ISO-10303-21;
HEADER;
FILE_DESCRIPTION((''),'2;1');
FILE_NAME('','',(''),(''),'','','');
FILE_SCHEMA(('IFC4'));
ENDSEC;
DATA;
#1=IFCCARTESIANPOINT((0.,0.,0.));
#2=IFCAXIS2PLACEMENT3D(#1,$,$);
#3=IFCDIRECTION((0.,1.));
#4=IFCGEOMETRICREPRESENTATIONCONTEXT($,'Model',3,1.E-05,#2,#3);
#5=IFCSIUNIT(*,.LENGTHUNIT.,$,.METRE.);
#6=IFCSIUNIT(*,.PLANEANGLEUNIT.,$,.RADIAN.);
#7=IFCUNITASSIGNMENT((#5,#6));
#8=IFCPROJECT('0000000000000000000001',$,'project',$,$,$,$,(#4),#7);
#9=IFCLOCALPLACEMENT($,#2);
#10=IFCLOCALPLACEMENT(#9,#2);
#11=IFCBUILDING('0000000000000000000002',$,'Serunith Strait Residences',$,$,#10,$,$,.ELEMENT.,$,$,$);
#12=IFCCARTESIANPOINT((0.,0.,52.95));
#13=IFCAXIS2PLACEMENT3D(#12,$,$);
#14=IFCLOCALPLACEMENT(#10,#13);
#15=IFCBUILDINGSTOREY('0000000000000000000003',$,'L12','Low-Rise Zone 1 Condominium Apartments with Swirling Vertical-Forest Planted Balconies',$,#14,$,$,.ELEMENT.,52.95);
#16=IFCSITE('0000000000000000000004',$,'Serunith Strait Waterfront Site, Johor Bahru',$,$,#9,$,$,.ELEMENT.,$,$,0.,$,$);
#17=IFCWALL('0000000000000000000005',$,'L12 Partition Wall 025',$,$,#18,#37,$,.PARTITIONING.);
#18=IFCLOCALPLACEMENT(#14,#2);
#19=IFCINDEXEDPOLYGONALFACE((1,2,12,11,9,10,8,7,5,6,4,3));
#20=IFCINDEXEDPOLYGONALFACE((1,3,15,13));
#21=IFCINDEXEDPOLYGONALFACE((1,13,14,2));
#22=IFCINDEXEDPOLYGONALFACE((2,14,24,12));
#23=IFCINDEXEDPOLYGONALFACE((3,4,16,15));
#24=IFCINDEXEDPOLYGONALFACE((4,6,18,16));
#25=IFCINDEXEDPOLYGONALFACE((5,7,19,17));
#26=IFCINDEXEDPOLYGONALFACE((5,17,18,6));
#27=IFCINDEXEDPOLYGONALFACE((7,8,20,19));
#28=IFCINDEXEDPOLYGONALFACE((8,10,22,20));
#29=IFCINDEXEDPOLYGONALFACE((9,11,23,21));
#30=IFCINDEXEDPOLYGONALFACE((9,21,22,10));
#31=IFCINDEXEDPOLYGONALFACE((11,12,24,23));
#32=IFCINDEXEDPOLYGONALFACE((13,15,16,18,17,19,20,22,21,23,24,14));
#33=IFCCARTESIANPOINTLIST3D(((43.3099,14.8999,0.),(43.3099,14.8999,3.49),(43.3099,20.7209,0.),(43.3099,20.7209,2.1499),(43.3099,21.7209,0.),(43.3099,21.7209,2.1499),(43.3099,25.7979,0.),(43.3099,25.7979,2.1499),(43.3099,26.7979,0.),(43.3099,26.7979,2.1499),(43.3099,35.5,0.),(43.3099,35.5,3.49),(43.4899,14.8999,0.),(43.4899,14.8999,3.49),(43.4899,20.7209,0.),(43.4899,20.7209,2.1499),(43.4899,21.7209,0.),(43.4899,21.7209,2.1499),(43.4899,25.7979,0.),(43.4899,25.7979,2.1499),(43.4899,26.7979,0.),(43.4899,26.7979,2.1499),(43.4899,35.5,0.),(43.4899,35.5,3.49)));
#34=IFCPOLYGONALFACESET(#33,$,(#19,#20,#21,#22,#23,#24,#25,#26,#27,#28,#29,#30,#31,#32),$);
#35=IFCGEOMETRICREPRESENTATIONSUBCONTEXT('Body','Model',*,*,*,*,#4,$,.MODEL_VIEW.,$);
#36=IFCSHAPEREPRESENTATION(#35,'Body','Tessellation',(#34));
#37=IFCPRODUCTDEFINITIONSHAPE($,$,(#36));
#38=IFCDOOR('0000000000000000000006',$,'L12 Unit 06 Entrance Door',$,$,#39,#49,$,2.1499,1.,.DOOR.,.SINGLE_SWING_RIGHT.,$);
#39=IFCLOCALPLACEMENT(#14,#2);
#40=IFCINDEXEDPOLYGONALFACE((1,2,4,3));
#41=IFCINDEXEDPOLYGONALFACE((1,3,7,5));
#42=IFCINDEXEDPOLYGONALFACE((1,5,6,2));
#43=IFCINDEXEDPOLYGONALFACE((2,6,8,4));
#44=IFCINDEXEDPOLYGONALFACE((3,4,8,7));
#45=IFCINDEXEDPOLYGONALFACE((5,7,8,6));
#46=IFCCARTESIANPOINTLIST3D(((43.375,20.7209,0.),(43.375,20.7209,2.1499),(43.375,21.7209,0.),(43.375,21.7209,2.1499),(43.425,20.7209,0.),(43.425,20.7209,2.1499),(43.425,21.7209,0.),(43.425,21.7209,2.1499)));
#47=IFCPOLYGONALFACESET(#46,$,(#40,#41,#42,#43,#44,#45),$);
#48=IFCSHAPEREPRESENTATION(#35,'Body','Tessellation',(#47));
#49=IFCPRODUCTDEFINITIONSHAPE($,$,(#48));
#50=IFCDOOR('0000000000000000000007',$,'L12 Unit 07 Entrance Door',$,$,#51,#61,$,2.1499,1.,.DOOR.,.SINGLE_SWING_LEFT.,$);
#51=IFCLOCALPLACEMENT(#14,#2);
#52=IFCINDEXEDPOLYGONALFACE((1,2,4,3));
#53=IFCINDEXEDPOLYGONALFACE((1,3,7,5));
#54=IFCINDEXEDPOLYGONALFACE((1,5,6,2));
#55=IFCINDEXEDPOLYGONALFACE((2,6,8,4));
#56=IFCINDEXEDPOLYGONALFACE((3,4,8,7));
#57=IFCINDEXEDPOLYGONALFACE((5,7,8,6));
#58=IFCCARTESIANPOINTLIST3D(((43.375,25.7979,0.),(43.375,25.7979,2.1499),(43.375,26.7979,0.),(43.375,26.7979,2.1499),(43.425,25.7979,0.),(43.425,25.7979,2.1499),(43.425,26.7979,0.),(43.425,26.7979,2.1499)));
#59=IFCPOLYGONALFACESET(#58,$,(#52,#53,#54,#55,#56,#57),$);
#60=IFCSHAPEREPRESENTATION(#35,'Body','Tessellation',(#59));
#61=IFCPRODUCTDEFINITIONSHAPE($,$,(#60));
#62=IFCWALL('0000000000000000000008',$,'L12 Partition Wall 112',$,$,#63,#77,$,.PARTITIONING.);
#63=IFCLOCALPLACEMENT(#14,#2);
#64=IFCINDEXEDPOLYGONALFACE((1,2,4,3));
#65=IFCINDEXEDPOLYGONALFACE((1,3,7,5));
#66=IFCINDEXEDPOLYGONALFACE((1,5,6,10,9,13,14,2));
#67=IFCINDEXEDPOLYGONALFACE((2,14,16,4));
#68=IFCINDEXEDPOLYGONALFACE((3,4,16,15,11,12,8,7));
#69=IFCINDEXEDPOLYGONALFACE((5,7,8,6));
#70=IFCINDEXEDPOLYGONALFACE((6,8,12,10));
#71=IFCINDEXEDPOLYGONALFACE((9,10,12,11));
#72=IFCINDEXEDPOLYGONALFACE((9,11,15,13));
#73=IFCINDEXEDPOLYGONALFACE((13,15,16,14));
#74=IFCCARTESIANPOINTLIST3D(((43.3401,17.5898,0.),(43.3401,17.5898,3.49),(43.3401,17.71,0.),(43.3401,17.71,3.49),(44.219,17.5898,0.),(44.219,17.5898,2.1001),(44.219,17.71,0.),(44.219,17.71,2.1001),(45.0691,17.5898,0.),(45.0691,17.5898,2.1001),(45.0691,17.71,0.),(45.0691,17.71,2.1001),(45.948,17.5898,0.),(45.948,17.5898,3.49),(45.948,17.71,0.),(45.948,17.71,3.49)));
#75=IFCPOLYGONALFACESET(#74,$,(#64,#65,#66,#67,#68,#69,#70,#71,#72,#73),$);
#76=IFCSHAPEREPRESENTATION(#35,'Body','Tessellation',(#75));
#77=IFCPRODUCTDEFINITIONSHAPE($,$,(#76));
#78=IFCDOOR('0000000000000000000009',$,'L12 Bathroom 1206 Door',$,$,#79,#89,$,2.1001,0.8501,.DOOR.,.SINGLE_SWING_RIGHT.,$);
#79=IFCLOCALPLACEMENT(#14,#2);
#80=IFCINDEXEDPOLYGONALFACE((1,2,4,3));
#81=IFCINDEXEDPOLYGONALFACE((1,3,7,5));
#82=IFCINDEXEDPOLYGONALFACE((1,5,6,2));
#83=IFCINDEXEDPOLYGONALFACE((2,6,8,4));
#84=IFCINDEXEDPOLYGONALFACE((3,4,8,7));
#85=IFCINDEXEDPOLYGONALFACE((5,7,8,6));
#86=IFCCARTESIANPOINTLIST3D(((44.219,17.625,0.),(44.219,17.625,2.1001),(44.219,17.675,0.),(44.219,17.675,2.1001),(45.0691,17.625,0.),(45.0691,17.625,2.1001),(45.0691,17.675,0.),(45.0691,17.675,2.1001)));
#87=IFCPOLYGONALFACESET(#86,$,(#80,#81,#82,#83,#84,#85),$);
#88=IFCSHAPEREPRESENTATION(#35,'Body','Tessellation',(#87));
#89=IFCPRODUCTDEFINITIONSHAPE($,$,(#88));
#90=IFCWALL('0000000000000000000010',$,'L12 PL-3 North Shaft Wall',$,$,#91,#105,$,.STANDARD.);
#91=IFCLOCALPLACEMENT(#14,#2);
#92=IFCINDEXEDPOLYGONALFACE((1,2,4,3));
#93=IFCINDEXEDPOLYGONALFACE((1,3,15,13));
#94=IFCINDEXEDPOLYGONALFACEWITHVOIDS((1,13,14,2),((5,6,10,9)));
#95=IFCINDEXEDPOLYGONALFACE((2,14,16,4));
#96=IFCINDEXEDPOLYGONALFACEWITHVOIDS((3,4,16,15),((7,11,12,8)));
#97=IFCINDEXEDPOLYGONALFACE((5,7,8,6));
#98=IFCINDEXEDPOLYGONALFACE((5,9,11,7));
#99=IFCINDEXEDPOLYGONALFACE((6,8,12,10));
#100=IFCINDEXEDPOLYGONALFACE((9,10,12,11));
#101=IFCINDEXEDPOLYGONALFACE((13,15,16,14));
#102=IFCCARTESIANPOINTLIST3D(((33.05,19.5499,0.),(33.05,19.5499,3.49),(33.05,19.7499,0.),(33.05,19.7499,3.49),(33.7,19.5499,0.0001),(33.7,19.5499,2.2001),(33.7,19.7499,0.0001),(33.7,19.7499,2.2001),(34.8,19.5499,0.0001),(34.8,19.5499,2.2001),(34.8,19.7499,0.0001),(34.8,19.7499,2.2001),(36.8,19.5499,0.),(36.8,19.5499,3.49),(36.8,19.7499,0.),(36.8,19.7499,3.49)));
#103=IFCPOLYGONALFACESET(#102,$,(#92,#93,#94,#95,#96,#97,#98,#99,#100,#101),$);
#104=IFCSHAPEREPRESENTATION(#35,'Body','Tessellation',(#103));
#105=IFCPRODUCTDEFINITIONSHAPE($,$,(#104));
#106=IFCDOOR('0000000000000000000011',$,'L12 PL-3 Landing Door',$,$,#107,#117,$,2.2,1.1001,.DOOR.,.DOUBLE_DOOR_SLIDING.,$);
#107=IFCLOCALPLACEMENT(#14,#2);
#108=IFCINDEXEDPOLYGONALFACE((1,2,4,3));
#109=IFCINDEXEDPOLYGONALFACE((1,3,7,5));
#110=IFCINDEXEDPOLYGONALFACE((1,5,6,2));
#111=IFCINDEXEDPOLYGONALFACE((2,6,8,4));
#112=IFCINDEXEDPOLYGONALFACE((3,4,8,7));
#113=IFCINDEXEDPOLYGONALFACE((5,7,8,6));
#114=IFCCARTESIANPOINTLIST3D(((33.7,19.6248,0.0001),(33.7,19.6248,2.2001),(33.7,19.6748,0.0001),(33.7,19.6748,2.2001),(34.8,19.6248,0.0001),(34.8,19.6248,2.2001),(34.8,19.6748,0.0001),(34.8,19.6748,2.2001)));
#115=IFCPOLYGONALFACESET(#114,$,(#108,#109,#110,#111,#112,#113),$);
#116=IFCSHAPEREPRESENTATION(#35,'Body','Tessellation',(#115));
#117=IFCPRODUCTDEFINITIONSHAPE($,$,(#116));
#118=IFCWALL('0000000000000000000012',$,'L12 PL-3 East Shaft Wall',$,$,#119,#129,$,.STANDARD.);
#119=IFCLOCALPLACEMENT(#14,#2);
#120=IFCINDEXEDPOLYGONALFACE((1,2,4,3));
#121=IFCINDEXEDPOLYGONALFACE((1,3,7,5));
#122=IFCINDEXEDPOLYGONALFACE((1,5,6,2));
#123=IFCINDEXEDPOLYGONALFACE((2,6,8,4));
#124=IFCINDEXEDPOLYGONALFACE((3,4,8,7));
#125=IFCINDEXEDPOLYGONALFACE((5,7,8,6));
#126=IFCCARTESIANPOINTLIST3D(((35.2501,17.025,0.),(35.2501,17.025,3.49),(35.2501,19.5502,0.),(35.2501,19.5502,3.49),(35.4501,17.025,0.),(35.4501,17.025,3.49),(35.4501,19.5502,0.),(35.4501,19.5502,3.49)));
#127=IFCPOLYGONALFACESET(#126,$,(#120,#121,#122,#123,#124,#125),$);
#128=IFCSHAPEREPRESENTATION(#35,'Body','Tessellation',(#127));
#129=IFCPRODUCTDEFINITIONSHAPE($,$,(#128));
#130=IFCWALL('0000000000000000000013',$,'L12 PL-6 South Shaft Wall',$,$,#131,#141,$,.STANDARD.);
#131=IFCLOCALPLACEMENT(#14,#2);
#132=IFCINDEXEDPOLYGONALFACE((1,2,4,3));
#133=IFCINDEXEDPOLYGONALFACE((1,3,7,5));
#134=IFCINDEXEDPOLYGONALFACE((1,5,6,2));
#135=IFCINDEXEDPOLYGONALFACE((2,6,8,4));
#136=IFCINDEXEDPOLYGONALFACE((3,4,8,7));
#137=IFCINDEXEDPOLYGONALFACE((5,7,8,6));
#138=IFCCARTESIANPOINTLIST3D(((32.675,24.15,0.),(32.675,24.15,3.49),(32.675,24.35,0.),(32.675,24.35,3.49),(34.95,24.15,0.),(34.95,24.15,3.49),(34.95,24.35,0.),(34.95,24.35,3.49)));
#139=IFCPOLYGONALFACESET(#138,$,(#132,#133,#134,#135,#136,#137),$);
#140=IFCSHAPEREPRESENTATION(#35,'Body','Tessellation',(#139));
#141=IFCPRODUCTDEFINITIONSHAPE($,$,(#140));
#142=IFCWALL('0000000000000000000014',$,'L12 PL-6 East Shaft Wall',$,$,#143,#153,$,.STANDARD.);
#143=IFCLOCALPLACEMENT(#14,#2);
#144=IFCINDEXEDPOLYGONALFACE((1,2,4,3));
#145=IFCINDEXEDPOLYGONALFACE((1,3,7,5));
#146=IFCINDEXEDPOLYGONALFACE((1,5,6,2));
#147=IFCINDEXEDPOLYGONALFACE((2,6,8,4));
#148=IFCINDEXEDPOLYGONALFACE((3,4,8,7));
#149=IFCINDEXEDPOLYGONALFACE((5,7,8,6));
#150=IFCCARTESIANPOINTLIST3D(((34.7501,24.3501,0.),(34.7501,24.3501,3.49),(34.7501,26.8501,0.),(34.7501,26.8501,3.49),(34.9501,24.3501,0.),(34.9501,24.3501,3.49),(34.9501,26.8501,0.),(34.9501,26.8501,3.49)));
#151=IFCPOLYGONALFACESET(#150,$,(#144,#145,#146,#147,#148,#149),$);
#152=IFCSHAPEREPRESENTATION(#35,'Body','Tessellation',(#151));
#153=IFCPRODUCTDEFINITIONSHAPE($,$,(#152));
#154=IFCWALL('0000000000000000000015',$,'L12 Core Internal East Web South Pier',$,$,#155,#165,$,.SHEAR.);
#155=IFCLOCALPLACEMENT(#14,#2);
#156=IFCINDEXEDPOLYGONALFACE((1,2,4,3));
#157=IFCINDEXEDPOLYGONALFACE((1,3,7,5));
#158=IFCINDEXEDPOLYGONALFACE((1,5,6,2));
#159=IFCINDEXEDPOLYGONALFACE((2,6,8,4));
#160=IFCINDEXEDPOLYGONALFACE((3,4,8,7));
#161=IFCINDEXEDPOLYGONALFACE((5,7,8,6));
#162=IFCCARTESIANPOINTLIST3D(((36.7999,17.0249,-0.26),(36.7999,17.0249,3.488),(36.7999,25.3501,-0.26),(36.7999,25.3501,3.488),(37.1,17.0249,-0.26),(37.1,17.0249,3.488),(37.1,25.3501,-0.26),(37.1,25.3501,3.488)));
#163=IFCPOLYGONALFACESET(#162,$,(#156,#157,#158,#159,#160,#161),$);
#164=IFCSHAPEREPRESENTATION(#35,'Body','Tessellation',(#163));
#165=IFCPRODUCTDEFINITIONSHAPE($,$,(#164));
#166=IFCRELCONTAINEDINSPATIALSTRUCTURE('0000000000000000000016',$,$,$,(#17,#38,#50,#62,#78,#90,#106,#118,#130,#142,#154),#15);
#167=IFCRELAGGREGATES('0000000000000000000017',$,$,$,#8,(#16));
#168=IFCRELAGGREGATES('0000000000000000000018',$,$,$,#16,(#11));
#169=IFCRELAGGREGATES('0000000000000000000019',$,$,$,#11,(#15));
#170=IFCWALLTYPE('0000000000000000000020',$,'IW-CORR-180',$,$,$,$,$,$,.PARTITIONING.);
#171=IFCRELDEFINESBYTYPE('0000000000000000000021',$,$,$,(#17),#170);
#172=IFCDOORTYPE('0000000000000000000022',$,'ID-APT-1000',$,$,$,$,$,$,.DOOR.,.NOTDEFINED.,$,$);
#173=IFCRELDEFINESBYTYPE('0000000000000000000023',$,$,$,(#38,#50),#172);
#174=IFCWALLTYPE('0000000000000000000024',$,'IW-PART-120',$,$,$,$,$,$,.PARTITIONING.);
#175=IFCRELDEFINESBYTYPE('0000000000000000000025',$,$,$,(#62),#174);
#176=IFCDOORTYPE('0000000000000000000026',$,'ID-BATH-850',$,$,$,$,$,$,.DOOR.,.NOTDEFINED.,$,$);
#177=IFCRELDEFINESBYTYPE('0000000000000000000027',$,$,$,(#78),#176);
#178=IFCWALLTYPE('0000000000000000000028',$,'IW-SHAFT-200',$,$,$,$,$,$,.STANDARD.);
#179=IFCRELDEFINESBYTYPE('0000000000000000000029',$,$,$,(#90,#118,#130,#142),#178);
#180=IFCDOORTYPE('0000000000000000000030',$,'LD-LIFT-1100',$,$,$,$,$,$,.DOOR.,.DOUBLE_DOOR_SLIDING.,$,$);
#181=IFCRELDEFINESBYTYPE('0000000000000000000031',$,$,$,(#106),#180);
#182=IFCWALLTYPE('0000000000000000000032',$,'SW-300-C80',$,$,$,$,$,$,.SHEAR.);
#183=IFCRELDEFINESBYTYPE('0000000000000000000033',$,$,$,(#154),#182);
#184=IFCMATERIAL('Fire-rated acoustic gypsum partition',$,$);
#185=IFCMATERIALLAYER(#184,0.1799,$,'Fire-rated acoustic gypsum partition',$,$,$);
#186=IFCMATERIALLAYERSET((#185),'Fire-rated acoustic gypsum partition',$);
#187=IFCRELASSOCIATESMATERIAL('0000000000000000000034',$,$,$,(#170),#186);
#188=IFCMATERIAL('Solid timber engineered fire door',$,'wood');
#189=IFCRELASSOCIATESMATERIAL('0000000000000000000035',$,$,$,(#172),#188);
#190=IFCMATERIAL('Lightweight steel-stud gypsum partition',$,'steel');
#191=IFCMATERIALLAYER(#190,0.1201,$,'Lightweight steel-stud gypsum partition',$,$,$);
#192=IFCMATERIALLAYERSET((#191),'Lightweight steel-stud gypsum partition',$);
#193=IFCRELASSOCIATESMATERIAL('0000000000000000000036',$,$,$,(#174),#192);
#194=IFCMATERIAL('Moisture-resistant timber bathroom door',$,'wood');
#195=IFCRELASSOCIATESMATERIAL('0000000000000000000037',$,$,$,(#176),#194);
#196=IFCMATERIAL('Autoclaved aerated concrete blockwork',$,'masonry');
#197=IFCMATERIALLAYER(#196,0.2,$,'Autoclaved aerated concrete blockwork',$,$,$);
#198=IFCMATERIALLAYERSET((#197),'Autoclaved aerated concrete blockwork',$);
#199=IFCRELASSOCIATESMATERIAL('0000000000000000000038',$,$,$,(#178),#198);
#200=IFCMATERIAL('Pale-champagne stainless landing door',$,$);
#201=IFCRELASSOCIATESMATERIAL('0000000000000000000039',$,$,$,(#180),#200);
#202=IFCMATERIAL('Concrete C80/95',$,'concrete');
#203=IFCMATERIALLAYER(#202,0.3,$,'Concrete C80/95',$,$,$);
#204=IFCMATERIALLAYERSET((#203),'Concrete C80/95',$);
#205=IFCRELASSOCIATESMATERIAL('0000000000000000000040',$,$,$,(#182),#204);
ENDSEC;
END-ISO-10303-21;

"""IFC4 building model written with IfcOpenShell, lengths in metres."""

from ifc_helpers import new_model, si_unit, direction, frame, frame_2d, origin, place, context, subcontext, project, spatial, rectangle, extrude, source, transform, mapped, material, layer, layer_set, type_object, element, fill, save


model = new_model("IFC4")

# Units and contexts
model_context = context("Model", 3, precision=1e-05, world=origin(), true_north=direction((0.0, 1.0)))
body_context = subcontext(model_context, "Body", "Model", "MODEL_VIEW")
ifc_project = project(units=[si_unit("LENGTHUNIT", "METRE"), si_unit("PLANEANGLEUNIT", "RADIAN")], contexts=[model_context])

# Site, building, storey
site_placement = place(None, origin())
site = spatial("IfcSite", under=ifc_project, at=site_placement, Name="Serunith Strait Waterfront Site, Johor Bahru", CompositionType="ELEMENT", RefElevation=0.0)
building_placement = place(site_placement, origin())
building = spatial("IfcBuilding", under=site, at=building_placement, Name="Serunith Strait Residences", CompositionType="ELEMENT")
storey_placement = place(building_placement, frame((0.0, 0.0, 52.95)))
storey = spatial("IfcBuildingStorey", under=building, at=storey_placement, Name="L12", Description="Low-Rise Zone 1 Condominium Apartments with Swirling Vertical-Forest Planted Balconies", CompositionType="ELEMENT", Elevation=52.95)

# Wall, openings, doors
ifc_material_1 = material(Name="Fire-rated acoustic gypsum partition")
ifc_layer_1 = layer(ifc_material_1, 0.1799, Name="Fire-rated acoustic gypsum partition")
ifc_layer_set_1 = layer_set([ifc_layer_1], Name="Fire-rated acoustic gypsum partition")
wall_type_1 = type_object("IfcWallType", Name="IW-CORR-180", PredefinedType="PARTITIONING", material=ifc_layer_set_1)
wall_1_placement = place(storey_placement, frame((43.3999, 14.8999, 0.0), z_axis=(0.0, 0.0, 1.0), x_axis=(0.0, 1.0, 0.0)))
wall_1 = element("IfcWall", 1, at=wall_1_placement, inside=storey, type_object=wall_type_1, Name="L12 Partition Wall 025", PredefinedType="PARTITIONING", context=body_context, shape_type="SweptSolid", body=[
    extrude(rectangle(XDim=20.6001, YDim=0.1799, at=frame_2d((10.3, 0.0))), origin(), (0.0, 0.0, 1.0), 3.49),
])
opening_1_placement = place(wall_1_placement, frame((5.821, 0.0, 0.0)))
opening_1 = element("IfcOpeningElement", 2, at=opening_1_placement, cuts=wall_1, PredefinedType="OPENING", context=body_context, shape_type="SweptSolid", body=[
    extrude(rectangle(XDim=1.0, YDim=2.1499, at=frame_2d((0.5, 1.075))), frame((0.0, 0.1001, 0.0), z_axis=(0.0, -1.0, 0.0), x_axis=(1.0, 0.0, 0.0)), (0.0, 0.0, 1.0), 0.2),
])
opening_2_placement = place(wall_1_placement, frame((10.8979, 0.0, 0.0)))
opening_2 = element("IfcOpeningElement", 3, at=opening_2_placement, cuts=wall_1, PredefinedType="OPENING", context=body_context, shape_type="SweptSolid", body=[
    extrude(rectangle(XDim=1.0, YDim=2.1499, at=frame_2d((0.5, 1.075))), frame((0.0, 0.1001, 0.0), z_axis=(0.0, -1.0, 0.0), x_axis=(1.0, 0.0, 0.0)), (0.0, 0.0, 1.0), 0.2),
])
ifc_material_2 = material(Name="Solid timber engineered fire door", Category="wood")
door_type_1 = type_object("IfcDoorType", Name="ID-APT-1000", OperationType="NOTDEFINED", PredefinedType="DOOR", material=ifc_material_2)
shared_shape_1 = source(origin(), body_context, "Body", "SweptSolid", [
    extrude(rectangle(XDim=1.0, YDim=2.1499, at=frame_2d((0.5, 1.075))), frame((0.0, 0.0249, 0.0), z_axis=(0.0, -1.0, 0.0), x_axis=(1.0, 0.0, 0.0)), (0.0, 0.0, 1.0), 0.05),
])
door_1_placement = place(opening_1_placement, origin())
door_1 = element("IfcDoor", 4, at=door_1_placement, inside=storey, type_object=door_type_1, Name="L12 Unit 06 Entrance Door", OperationType="SINGLE_SWING_RIGHT", OverallHeight=2.1499, OverallWidth=1.0, PredefinedType="DOOR", context=body_context, shape_type="MappedRepresentation", body=[
    mapped(shared_shape_1, transform((0.0, 0.0, 0.0), scale=1.0)),
])
fill(opening_1, door_1)
door_2_placement = place(opening_2_placement, origin())
door_2 = element("IfcDoor", 5, at=door_2_placement, inside=storey, type_object=door_type_1, Name="L12 Unit 07 Entrance Door", OperationType="SINGLE_SWING_LEFT", OverallHeight=2.1499, OverallWidth=1.0, PredefinedType="DOOR", context=body_context, shape_type="MappedRepresentation", body=[
    mapped(shared_shape_1, transform((0.0, 0.0, 0.0), scale=1.0)),
])
fill(opening_2, door_2)

# Walls, openings, doors
ifc_material_3 = material(Name="Lightweight steel-stud gypsum partition", Category="steel")
ifc_layer_2 = layer(ifc_material_3, 0.1201, Name="Lightweight steel-stud gypsum partition")
ifc_layer_set_2 = layer_set([ifc_layer_2], Name="Lightweight steel-stud gypsum partition")
wall_type_2 = type_object("IfcWallType", Name="IW-PART-120", PredefinedType="PARTITIONING", material=ifc_layer_set_2)
wall_2_placement = place(storey_placement, frame((45.948, 17.6499, 0.0), z_axis=(0.0, 0.0, 1.0), x_axis=(-1.0, 0.0, 0.0)))
wall_2 = element("IfcWall", 6, at=wall_2_placement, inside=storey, type_object=wall_type_2, Name="L12 Partition Wall 112", PredefinedType="PARTITIONING", context=body_context, shape_type="SweptSolid", body=[
    extrude(rectangle(XDim=2.6079, YDim=0.1201, at=frame_2d((1.304, 0.0))), origin(), (0.0, 0.0, 1.0), 3.49),
])
opening_3_placement = place(wall_2_placement, frame((0.8789, 0.0, 0.0)))
opening_3 = element("IfcOpeningElement", 7, at=opening_3_placement, cuts=wall_2, PredefinedType="OPENING", context=body_context, shape_type="SweptSolid", body=[
    extrude(rectangle(XDim=0.8501, YDim=2.1001, at=frame_2d((0.425, 1.05))), frame((0.0, 0.0701, 0.0), z_axis=(0.0, -1.0, 0.0), x_axis=(1.0, 0.0, 0.0)), (0.0, 0.0, 1.0), 0.1401),
])
ifc_material_4 = material(Name="Moisture-resistant timber bathroom door", Category="wood")
door_type_2 = type_object("IfcDoorType", Name="ID-BATH-850", OperationType="NOTDEFINED", PredefinedType="DOOR", material=ifc_material_4)
shared_shape_2 = source(origin(), body_context, "Body", "SweptSolid", [
    extrude(rectangle(XDim=0.8501, YDim=2.1001, at=frame_2d((0.425, 1.05))), frame((0.0, 0.0249, 0.0), z_axis=(0.0, -1.0, 0.0), x_axis=(1.0, 0.0, 0.0)), (0.0, 0.0, 1.0), 0.05),
])
door_3_placement = place(opening_3_placement, origin())
door_3 = element("IfcDoor", 8, at=door_3_placement, inside=storey, type_object=door_type_2, Name="L12 Bathroom 1206 Door", OperationType="SINGLE_SWING_RIGHT", OverallHeight=2.1001, OverallWidth=0.8501, PredefinedType="DOOR", context=body_context, shape_type="MappedRepresentation", body=[
    mapped(shared_shape_2, transform((0.0, 0.0, 0.0), scale=1.0)),
])
fill(opening_3, door_3)
ifc_material_5 = material(Name="Autoclaved aerated concrete blockwork", Category="masonry")
ifc_layer_3 = layer(ifc_material_5, 0.2, Name="Autoclaved aerated concrete blockwork")
ifc_layer_set_3 = layer_set([ifc_layer_3], Name="Autoclaved aerated concrete blockwork")
wall_type_3 = type_object("IfcWallType", Name="IW-SHAFT-200", PredefinedType="STANDARD", material=ifc_layer_set_3)
wall_3_placement = place(storey_placement, frame((33.05, 19.6499, 0.0), z_axis=(0.0, 0.0, 1.0), x_axis=(1.0, 0.0, 0.0)))
wall_3 = element("IfcWall", 9, at=wall_3_placement, inside=storey, type_object=wall_type_3, Name="L12 PL-3 North Shaft Wall", PredefinedType="STANDARD", context=body_context, shape_type="SweptSolid", body=[
    extrude(rectangle(XDim=3.75, YDim=0.2, at=frame_2d((1.875, 0.0))), origin(), (0.0, 0.0, 1.0), 3.49),
])
opening_4_placement = place(wall_3_placement, frame((0.6499, 0.0, 0.0)))
opening_4 = element("IfcOpeningElement", 10, at=opening_4_placement, cuts=wall_3, PredefinedType="OPENING", context=body_context, shape_type="SweptSolid", body=[
    extrude(rectangle(XDim=1.1001, YDim=2.2, at=frame_2d((0.55, 1.1001))), frame((0.0, 0.1099, 0.0), z_axis=(0.0, -1.0, 0.0), x_axis=(1.0, 0.0, 0.0)), (0.0, 0.0, 1.0), 0.22),
])
ifc_material_6 = material(Name="Pale-champagne stainless landing door")
door_type_3 = type_object("IfcDoorType", Name="LD-LIFT-1100", OperationType="DOUBLE_DOOR_SLIDING", PredefinedType="DOOR", material=ifc_material_6)
shared_shape_3 = source(origin(), body_context, "Body", "SweptSolid", [
    extrude(rectangle(XDim=1.1001, YDim=2.2, at=frame_2d((0.55, 1.1001))), frame((0.0, 0.0249, 0.0), z_axis=(0.0, -1.0, 0.0), x_axis=(1.0, 0.0, 0.0)), (0.0, 0.0, 1.0), 0.05),
])
door_4_placement = place(opening_4_placement, origin())
door_4 = element("IfcDoor", 11, at=door_4_placement, inside=storey, type_object=door_type_3, Name="L12 PL-3 Landing Door", OperationType="DOUBLE_DOOR_SLIDING", OverallHeight=2.2, OverallWidth=1.1001, PredefinedType="DOOR", context=body_context, shape_type="MappedRepresentation", body=[
    mapped(shared_shape_3, transform((0.0, 0.0, 0.0), scale=1.0)),
])
fill(opening_4, door_4)

# Walls
wall_4_placement = place(storey_placement, frame((35.3501, 17.0249, 0.0), z_axis=(0.0, 0.0, 1.0), x_axis=(0.0, 1.0, 0.0)))
element("IfcWall", 12, at=wall_4_placement, inside=storey, type_object=wall_type_3, Name="L12 PL-3 East Shaft Wall", PredefinedType="STANDARD", context=body_context, shape_type="SweptSolid", body=[
    extrude(rectangle(XDim=2.5251, YDim=0.2, at=frame_2d((1.2627, 0.0))), origin(), (0.0, 0.0, 1.0), 3.49),
])
wall_5_placement = place(storey_placement, frame((32.675, 24.25, 0.0), z_axis=(0.0, 0.0, 1.0), x_axis=(1.0, 0.0, 0.0)))
element("IfcWall", 13, at=wall_5_placement, inside=storey, type_object=wall_type_3, Name="L12 PL-6 South Shaft Wall", PredefinedType="STANDARD", context=body_context, shape_type="SweptSolid", body=[
    extrude(rectangle(XDim=2.2749, YDim=0.2, at=frame_2d((1.1375, 0.0))), origin(), (0.0, 0.0, 1.0), 3.49),
])
wall_6_placement = place(storey_placement, frame((34.8501, 24.3501, 0.0), z_axis=(0.0, 0.0, 1.0), x_axis=(0.0, 1.0, 0.0)))
element("IfcWall", 14, at=wall_6_placement, inside=storey, type_object=wall_type_3, Name="L12 PL-6 East Shaft Wall", PredefinedType="STANDARD", context=body_context, shape_type="SweptSolid", body=[
    extrude(rectangle(XDim=2.5, YDim=0.2, at=frame_2d((1.25, 0.0))), origin(), (0.0, 0.0, 1.0), 3.49),
])
ifc_material_7 = material(Name="Concrete C80/95", Category="concrete")
ifc_layer_4 = layer(ifc_material_7, 0.3, Name="Concrete C80/95")
ifc_layer_set_4 = layer_set([ifc_layer_4], Name="Concrete C80/95")
wall_type_4 = type_object("IfcWallType", Name="SW-300-C80", PredefinedType="SHEAR", material=ifc_layer_set_4)
wall_7_placement = place(storey_placement, frame((36.95, 17.0249, -0.26), z_axis=(0.0, 0.0, 1.0), x_axis=(0.0, 1.0, 0.0)))
element("IfcWall", 15, at=wall_7_placement, inside=storey, type_object=wall_type_4, Name="L12 Core Internal East Web South Pier", PredefinedType="SHEAR", context=body_context, shape_type="SweptSolid", body=[
    extrude(rectangle(XDim=8.3252, YDim=0.3, at=frame_2d((4.1626, 0.0))), origin(), (0.0, 0.0, 1.0), 3.748),
])

save(model, "model.ifc")
